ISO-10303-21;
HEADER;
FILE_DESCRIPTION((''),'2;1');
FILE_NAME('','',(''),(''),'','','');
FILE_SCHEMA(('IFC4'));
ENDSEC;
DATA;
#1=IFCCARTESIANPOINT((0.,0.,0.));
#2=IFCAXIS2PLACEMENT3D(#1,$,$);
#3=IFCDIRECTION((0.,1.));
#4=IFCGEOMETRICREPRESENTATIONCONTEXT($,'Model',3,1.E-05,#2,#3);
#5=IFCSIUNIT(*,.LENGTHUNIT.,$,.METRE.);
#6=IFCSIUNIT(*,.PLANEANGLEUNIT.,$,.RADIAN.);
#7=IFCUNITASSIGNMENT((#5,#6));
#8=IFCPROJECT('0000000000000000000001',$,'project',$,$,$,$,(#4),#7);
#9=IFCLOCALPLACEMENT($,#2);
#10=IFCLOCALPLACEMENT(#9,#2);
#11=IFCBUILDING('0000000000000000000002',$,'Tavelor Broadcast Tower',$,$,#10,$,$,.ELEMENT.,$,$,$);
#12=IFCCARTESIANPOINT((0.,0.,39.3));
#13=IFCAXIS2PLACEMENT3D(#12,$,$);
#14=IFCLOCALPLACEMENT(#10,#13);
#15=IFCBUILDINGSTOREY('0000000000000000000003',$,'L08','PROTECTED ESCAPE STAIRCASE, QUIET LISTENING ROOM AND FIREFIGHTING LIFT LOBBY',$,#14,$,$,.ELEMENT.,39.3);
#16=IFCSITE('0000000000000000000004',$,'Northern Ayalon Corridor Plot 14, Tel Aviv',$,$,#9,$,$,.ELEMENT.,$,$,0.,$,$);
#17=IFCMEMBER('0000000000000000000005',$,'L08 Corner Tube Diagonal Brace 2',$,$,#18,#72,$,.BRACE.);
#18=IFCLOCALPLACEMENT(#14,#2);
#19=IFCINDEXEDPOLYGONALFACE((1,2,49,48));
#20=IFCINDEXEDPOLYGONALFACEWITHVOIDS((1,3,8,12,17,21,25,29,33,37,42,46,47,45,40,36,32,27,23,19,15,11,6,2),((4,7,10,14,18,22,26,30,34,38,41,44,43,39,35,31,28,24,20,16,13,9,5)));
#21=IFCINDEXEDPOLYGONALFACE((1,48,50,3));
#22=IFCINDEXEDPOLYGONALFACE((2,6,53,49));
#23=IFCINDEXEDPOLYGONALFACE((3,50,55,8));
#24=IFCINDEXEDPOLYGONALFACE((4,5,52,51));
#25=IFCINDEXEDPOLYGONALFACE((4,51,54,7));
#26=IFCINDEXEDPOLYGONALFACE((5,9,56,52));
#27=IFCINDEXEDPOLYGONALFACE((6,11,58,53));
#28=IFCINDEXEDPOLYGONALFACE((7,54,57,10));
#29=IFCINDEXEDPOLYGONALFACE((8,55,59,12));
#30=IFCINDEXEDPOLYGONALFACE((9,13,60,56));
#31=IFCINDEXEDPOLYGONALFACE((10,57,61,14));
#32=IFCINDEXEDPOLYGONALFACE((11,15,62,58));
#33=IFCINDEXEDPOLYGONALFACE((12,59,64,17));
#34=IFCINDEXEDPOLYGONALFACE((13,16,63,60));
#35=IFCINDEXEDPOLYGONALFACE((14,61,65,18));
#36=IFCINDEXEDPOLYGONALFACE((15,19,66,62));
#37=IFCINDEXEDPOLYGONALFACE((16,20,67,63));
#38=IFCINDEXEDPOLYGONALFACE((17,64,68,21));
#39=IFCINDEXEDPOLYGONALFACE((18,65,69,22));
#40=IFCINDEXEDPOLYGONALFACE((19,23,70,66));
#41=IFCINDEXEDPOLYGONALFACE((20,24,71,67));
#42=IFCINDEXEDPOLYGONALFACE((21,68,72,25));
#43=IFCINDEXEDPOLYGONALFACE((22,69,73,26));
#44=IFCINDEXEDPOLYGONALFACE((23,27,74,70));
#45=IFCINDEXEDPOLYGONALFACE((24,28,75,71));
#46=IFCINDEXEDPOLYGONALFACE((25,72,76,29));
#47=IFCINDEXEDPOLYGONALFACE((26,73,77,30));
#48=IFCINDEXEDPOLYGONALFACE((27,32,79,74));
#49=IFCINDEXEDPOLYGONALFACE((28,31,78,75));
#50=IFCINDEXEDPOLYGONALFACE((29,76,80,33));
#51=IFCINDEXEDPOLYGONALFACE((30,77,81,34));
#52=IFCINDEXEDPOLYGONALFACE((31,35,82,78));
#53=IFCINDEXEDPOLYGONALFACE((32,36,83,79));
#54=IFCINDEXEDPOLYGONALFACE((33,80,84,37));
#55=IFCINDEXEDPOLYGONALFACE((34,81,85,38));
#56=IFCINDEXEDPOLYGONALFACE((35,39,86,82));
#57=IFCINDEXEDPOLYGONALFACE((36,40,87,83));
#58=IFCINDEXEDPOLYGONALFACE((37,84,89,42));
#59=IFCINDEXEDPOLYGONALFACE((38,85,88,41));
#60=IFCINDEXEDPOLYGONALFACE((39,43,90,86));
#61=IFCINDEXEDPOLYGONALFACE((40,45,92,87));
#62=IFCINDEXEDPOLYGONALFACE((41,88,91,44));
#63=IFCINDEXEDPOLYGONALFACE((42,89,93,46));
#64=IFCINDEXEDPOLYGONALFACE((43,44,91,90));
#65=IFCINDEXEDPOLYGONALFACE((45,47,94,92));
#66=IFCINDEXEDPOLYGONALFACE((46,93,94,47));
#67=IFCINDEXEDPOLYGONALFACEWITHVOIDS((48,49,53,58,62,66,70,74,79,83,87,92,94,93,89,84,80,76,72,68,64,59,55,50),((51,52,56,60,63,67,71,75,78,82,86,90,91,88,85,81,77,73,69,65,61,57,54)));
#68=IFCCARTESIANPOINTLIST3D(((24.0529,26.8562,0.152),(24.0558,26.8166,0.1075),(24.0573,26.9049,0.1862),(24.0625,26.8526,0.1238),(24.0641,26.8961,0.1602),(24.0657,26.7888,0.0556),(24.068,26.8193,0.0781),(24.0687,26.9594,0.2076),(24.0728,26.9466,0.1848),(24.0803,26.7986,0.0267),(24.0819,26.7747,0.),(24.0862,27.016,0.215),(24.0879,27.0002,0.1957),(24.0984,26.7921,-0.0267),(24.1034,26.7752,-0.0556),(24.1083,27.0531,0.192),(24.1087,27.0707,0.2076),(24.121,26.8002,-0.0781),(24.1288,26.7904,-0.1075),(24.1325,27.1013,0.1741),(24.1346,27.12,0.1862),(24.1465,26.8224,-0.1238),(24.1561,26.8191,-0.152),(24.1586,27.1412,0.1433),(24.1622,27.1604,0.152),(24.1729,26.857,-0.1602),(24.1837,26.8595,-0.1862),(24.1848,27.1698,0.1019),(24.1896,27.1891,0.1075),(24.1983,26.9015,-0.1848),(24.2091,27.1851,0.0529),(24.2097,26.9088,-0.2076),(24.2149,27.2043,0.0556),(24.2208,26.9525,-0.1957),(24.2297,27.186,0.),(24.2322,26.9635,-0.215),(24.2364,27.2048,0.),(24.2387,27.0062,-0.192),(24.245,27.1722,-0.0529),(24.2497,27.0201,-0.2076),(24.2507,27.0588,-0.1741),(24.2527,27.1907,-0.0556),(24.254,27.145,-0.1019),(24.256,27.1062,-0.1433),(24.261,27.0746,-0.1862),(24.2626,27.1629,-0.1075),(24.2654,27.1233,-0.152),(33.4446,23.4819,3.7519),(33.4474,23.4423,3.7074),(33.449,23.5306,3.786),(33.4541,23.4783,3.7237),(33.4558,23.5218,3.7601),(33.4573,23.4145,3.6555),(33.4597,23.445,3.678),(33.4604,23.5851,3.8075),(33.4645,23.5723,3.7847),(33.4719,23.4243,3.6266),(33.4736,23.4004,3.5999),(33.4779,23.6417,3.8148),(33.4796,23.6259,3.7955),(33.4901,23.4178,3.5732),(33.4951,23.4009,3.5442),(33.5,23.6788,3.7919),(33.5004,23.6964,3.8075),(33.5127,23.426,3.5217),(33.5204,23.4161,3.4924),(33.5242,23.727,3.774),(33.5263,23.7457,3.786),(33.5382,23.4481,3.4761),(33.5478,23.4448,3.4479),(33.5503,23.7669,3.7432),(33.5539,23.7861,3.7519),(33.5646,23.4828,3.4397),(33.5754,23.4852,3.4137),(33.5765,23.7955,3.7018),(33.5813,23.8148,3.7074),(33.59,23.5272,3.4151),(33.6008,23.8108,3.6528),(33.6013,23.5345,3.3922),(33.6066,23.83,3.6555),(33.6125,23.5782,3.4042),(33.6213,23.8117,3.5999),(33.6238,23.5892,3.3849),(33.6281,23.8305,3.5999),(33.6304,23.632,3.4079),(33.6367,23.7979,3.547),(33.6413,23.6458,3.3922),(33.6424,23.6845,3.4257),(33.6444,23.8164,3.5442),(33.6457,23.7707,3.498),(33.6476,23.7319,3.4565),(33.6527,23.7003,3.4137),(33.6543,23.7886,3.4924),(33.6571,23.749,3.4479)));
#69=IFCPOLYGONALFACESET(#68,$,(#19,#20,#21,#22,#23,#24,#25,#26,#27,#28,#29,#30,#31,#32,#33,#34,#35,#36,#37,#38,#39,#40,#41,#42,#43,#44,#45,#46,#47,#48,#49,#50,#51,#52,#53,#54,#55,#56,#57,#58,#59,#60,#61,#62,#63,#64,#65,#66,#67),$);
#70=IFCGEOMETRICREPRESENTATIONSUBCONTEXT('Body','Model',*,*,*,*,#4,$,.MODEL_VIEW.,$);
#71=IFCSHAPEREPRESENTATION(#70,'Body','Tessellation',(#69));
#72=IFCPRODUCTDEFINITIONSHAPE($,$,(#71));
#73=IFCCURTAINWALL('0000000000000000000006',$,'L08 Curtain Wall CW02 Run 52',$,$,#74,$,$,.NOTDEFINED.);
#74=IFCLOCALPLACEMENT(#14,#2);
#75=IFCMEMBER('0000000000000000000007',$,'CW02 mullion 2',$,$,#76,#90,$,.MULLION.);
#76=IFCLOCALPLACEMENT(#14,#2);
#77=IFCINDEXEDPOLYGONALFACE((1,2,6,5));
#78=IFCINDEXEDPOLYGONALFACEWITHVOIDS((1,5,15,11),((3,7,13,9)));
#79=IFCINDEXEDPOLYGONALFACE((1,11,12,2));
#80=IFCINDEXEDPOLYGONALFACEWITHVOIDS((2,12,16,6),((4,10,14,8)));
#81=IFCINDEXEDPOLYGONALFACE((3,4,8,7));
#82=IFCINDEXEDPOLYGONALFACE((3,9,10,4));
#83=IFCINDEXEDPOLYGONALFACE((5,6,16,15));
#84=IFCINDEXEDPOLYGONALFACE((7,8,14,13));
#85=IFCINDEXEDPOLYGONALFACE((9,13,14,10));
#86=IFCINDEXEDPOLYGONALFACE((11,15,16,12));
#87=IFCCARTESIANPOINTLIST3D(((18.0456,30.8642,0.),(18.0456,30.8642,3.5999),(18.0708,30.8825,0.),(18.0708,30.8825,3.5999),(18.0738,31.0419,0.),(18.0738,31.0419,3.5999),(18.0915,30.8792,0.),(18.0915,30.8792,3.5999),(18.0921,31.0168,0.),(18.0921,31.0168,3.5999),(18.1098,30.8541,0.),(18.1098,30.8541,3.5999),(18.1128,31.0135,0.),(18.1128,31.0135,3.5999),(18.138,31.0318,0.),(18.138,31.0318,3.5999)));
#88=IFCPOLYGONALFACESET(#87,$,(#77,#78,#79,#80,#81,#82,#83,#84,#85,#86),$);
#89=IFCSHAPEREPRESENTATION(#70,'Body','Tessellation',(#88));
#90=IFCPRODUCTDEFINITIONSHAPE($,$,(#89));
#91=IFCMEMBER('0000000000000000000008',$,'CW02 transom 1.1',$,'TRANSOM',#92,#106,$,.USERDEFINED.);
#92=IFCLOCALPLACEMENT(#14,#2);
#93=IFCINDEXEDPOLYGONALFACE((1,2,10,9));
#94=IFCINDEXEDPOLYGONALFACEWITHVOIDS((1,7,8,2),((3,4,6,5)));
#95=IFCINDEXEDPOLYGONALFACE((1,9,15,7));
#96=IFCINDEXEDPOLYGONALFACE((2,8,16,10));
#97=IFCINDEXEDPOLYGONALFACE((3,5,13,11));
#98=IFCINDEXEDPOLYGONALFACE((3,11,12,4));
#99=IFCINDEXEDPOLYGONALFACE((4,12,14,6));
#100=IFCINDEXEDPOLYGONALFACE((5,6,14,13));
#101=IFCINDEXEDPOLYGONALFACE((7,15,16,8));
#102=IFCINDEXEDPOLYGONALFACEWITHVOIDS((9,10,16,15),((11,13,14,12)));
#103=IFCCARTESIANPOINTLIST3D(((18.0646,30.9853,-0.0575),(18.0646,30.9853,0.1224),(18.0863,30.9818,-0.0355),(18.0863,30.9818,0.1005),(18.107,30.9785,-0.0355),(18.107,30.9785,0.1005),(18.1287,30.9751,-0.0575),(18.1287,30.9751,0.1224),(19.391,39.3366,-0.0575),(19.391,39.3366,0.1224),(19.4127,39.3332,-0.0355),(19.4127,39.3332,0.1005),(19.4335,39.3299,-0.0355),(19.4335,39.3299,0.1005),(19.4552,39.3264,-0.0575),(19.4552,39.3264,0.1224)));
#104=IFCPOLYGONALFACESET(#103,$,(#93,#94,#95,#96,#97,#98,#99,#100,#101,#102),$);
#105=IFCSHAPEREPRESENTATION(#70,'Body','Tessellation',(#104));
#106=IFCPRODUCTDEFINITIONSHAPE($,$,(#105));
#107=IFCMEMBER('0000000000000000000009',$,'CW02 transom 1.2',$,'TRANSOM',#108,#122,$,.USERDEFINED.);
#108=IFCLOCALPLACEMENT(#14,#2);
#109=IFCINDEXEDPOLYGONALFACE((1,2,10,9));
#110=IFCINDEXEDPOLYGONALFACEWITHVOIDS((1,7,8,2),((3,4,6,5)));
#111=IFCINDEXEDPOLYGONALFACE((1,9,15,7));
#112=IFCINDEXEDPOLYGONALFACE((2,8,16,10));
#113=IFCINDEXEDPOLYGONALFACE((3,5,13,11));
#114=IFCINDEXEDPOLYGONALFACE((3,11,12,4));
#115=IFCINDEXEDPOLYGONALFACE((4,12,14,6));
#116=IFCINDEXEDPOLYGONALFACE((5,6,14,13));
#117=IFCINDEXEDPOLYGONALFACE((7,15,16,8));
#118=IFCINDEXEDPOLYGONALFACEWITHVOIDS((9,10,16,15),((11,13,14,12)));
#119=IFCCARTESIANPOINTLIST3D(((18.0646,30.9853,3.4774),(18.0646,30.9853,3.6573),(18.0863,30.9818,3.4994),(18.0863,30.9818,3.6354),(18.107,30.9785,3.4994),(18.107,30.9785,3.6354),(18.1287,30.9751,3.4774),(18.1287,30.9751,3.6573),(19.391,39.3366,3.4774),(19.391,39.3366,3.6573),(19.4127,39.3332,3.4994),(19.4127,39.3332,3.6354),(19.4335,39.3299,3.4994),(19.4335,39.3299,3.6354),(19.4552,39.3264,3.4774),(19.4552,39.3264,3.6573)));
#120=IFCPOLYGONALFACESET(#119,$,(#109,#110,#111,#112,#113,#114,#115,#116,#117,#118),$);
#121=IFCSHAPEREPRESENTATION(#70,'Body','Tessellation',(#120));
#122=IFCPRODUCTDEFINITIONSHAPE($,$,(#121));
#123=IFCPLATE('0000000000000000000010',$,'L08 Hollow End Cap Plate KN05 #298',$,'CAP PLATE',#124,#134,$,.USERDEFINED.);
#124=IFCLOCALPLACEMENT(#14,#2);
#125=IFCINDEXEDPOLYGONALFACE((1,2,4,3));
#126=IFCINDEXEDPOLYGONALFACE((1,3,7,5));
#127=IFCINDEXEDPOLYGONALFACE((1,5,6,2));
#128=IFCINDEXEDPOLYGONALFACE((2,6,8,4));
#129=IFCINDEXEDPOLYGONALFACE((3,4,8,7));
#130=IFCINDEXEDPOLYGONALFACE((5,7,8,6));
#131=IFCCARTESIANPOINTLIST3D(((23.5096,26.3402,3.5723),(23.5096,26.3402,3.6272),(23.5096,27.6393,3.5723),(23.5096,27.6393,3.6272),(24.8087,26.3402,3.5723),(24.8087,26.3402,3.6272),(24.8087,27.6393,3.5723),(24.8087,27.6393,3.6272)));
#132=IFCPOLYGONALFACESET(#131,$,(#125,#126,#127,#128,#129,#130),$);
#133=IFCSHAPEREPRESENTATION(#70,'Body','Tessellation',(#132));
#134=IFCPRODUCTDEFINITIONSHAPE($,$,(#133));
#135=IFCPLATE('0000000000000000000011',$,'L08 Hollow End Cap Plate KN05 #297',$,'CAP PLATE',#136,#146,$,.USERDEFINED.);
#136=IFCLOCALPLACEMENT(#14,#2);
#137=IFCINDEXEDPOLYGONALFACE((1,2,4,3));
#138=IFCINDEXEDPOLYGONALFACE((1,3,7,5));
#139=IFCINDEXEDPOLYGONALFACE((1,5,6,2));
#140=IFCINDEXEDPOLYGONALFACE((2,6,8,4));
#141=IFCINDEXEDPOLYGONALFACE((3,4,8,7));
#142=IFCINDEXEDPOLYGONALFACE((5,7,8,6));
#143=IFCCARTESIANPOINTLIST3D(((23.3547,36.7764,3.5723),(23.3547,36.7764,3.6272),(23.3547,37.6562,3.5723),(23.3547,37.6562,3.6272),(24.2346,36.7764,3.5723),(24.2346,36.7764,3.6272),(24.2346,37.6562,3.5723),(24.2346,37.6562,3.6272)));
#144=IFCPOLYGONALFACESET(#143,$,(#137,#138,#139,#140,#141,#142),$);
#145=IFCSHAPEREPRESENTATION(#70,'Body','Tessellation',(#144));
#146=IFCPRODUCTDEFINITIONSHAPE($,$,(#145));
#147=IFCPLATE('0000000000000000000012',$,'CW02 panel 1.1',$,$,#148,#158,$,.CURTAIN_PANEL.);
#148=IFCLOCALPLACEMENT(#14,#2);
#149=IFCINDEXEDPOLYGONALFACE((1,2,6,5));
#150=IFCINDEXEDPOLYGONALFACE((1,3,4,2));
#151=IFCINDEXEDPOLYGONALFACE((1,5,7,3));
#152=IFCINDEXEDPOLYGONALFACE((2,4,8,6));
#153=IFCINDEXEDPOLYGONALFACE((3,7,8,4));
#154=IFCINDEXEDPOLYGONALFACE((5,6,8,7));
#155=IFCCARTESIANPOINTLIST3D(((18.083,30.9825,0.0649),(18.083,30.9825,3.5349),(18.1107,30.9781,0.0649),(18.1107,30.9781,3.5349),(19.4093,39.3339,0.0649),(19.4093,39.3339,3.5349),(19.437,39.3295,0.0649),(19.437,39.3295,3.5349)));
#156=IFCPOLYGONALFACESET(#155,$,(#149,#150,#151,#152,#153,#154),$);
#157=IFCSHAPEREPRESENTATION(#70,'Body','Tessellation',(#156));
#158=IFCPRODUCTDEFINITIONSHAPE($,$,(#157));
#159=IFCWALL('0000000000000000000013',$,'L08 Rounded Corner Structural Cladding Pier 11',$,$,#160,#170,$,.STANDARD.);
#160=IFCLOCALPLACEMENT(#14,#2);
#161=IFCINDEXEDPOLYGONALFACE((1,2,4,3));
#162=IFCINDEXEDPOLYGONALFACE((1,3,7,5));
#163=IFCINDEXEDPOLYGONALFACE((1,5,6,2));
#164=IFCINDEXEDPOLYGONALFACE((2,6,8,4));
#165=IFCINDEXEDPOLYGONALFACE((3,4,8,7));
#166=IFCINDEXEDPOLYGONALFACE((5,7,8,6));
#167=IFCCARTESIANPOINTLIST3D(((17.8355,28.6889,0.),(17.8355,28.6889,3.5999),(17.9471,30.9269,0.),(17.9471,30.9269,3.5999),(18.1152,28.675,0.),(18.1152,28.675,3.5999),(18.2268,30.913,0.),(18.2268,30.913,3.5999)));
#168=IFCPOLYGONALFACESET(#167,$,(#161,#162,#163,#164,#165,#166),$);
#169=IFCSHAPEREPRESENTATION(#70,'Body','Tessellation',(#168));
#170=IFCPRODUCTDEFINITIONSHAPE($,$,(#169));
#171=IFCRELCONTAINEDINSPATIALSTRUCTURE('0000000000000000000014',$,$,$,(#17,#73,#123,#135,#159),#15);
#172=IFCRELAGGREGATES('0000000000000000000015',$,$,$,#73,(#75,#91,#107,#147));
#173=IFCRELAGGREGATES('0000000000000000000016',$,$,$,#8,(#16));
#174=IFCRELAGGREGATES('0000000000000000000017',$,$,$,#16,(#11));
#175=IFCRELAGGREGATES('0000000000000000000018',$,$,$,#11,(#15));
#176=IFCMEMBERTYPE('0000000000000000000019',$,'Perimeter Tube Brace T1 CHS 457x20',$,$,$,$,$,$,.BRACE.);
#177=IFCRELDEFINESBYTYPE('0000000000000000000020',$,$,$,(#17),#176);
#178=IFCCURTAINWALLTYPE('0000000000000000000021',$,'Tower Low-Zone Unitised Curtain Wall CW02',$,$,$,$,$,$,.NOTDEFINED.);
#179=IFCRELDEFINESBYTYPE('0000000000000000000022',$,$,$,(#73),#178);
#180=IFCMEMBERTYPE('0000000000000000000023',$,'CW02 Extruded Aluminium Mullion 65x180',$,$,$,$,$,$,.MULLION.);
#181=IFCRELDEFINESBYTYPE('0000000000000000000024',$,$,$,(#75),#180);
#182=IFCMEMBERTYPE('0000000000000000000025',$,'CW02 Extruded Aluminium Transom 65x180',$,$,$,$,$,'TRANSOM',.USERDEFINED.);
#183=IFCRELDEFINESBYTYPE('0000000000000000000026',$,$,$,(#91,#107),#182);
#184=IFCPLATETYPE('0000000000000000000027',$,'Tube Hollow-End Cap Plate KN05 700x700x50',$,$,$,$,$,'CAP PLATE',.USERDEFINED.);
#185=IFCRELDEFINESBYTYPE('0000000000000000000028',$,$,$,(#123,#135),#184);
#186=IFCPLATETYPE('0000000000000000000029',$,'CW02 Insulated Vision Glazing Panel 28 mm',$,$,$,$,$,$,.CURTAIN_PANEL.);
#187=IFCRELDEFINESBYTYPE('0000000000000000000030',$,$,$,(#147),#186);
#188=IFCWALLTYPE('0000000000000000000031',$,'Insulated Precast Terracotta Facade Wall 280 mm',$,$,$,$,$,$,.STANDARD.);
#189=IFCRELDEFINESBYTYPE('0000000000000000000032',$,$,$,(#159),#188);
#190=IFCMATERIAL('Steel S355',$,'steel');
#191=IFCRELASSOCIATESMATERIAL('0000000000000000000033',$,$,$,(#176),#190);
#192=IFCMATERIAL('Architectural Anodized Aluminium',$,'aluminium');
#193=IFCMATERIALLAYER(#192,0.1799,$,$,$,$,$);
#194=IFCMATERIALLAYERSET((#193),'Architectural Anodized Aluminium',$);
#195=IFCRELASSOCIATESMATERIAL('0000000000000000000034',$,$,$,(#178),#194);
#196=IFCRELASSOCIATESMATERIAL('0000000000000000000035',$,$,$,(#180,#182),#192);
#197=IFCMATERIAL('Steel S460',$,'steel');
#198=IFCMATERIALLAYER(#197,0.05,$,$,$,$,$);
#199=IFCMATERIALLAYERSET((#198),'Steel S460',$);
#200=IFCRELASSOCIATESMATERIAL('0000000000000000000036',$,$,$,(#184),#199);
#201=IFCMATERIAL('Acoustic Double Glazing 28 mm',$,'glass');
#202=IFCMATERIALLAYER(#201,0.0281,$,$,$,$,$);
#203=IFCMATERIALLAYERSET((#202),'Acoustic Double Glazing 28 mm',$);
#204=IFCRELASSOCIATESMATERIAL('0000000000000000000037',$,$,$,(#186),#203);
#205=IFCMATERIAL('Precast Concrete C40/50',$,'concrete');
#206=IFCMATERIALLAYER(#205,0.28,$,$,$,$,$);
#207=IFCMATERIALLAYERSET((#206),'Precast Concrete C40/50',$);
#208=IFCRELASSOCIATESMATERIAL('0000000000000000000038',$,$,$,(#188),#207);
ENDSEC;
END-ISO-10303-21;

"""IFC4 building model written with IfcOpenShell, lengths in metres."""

from ifc_helpers import new_model, si_unit, direction, frame, frame_2d, origin, origin_2d, place, context, subcontext, project, spatial, rectangle, hollow_rectangle, hollow_circle, extrude, source, transform, mapped, material, layer, layer_set, material_profile, profile_set, type_object, type_shapes, element, aggregate, save


model = new_model("IFC4")

# Units and contexts
model_context = context("Model", 3, precision=1e-05, world=origin(), true_north=direction((0.0, 1.0)))
body_context = subcontext(model_context, "Body", "Model", "MODEL_VIEW")
ifc_project = project(units=[si_unit("LENGTHUNIT", "METRE"), si_unit("PLANEANGLEUNIT", "RADIAN")], contexts=[model_context])

# Site, building, storey
site_placement = place(None, origin())
site = spatial("IfcSite", under=ifc_project, at=site_placement, Name="Northern Ayalon Corridor Plot 14, Tel Aviv", CompositionType="ELEMENT", RefElevation=0.0)
building_placement = place(site_placement, origin())
building = spatial("IfcBuilding", under=site, at=building_placement, Name="Tavelor Broadcast Tower", CompositionType="ELEMENT")
storey_placement = place(building_placement, frame((0.0, 0.0, 39.3)))
storey = spatial("IfcBuildingStorey", under=building, at=storey_placement, Name="L08", Description="PROTECTED ESCAPE STAIRCASE, QUIET LISTENING ROOM AND FIREFIGHTING LIFT LOBBY", CompositionType="ELEMENT", Elevation=39.3)

# Shared definitions
ifc_material_1 = material(Name="Steel S460", Category="steel")

# Shared definitions
ifc_material_2 = material(Name="Steel S355", Category="steel")

# Member
ifc_material_profile_1 = material_profile(ifc_material_2, hollow_circle(Radius=0.2285, WallThickness=0.02, at=origin_2d()), Name="CHS 457x20")
ifc_profile_set_1 = profile_set([ifc_material_profile_1], Name="Steel S355")
member_type_1 = type_object("IfcMemberType", Name="Perimeter Tube Brace T1 CHS 457x20", PredefinedType="BRACE", material=ifc_profile_set_1)
member_1_placement = place(storey_placement, frame((24.1592, 26.9897, 0.0), z_axis=(0.885265, -0.318063, 0.339327), x_axis=(0.338124, 0.941101, 0.0)))
element("IfcMember", 1, at=member_1_placement, inside=storey, type_object=member_type_1, Name="L08 Corner Tube Diagonal Brace 2", PredefinedType="BRACE", context=body_context, shape_type="SweptSolid", body=[
    extrude(hollow_circle(Radius=0.2285, WallThickness=0.02, at=origin_2d()), origin(), (0.0, 0.0, 1.0), 10.6089),
])

# Curtain wall, members
ifc_material_3 = material(Name="Architectural Anodized Aluminium", Category="aluminium")
ifc_layer_1 = layer(ifc_material_3, 0.1799)
ifc_layer_set_1 = layer_set([ifc_layer_1], Name="Architectural Anodized Aluminium")
curtain_wall_type = type_object("IfcCurtainWallType", Name="Tower Low-Zone Unitised Curtain Wall CW02", PredefinedType="NOTDEFINED", material=ifc_layer_set_1)
curtain_wall_placement = place(storey_placement, origin())
curtain_wall = element("IfcCurtainWall", 2, at=curtain_wall_placement, inside=storey, type_object=curtain_wall_type, Name="L08 Curtain Wall CW02 Run 52", PredefinedType="NOTDEFINED")
ifc_material_profile_2 = material_profile(ifc_material_3, hollow_rectangle(XDim=0.0649, YDim=0.1799, WallThickness=0.022, at=origin_2d()), Name="RHS 65x180x22")
ifc_profile_set_2 = profile_set([ifc_material_profile_2], Name="Architectural Anodized Aluminium")
member_type_2 = type_object("IfcMemberType", Name="CW02 Extruded Aluminium Mullion 65x180", PredefinedType="MULLION", material=ifc_profile_set_2)
shared_shape_1 = source(origin(), body_context, "Body", "SweptSolid", [
    extrude(hollow_rectangle(XDim=0.0649, YDim=0.1799, WallThickness=0.022, at=origin_2d()), origin(), (0.0, 0.0, 1.0), 3.5999),
])
type_shapes(member_type_2, [shared_shape_1])
member_2_placement = place(storey_placement, frame((18.0918, 30.948, 0.0), z_axis=(0.0, 0.0, 1.0), x_axis=(0.987623, -0.156847, 0.0)))
member_2 = element("IfcMember", 3, at=member_2_placement, type_object=member_type_2, Name="CW02 mullion 2", PredefinedType="MULLION", context=body_context, shape_type="MappedRepresentation", body=[
    mapped(shared_shape_1, transform((0.0, 0.0, 0.0), scale=1.0)),
])
ifc_material_profile_3 = material_profile(ifc_material_3, hollow_rectangle(XDim=0.0649, YDim=0.1799, WallThickness=0.022, at=origin_2d()), Name="RHS 65x180x22")
ifc_profile_set_3 = profile_set([ifc_material_profile_3], Name="Architectural Anodized Aluminium")
member_type_3 = type_object("IfcMemberType", Name="CW02 Extruded Aluminium Transom 65x180", ElementType="TRANSOM", PredefinedType="USERDEFINED", material=ifc_profile_set_3)
shared_shape_2 = source(origin(), body_context, "Body", "SweptSolid", [
    extrude(hollow_rectangle(XDim=0.0649, YDim=0.1799, WallThickness=0.022, at=origin_2d()), origin(), (0.0, 0.0, 1.0), 8.4561),
])
type_shapes(member_type_3, [shared_shape_2])
member_3_placement = place(storey_placement, frame((19.4231, 39.3315, 0.0325), z_axis=(-0.156861, -0.987621, 0.0), x_axis=(0.987621, -0.156861, 0.0)))
member_3 = element("IfcMember", 4, at=member_3_placement, type_object=member_type_3, Name="CW02 transom 1.1", ObjectType="TRANSOM", PredefinedType="USERDEFINED", context=body_context, shape_type="MappedRepresentation", body=[
    mapped(shared_shape_2, transform((0.0, 0.0, 0.0), scale=1.0)),
])
member_4_placement = place(storey_placement, frame((19.4231, 39.3315, 3.5674), z_axis=(-0.156861, -0.987621, 0.0), x_axis=(0.987621, -0.156861, 0.0)))
member_4 = element("IfcMember", 5, at=member_4_placement, type_object=member_type_3, Name="CW02 transom 1.2", ObjectType="TRANSOM", PredefinedType="USERDEFINED", context=body_context, shape_type="MappedRepresentation", body=[
    mapped(shared_shape_2, transform((0.0, 0.0, 0.0), scale=1.0)),
])

# Plates
ifc_layer_2 = layer(ifc_material_1, 0.05)
ifc_layer_set_2 = layer_set([ifc_layer_2], Name="Steel S460")
plate_type_1 = type_object("IfcPlateType", Name="Tube Hollow-End Cap Plate KN05 700x700x50", ElementType="CAP PLATE", PredefinedType="USERDEFINED", material=ifc_layer_set_2)
shared_shape_3 = source(origin(), body_context, "Body", "SweptSolid", [
    extrude(rectangle(XDim=1.2991, YDim=1.2991, at=origin_2d()), origin(), (0.0, 0.0, 1.0), 0.0549),
])
plate_1_placement = place(storey_placement, frame((24.1592, 26.9897, 3.5723), z_axis=(0.0, 0.0, 1.0), x_axis=(1.0, 0.0, 0.0)))
element("IfcPlate", 6, at=plate_1_placement, inside=storey, type_object=plate_type_1, Name="L08 Hollow End Cap Plate KN05 #298", ObjectType="CAP PLATE", PredefinedType="USERDEFINED", context=body_context, shape_type="MappedRepresentation", body=[
    mapped(shared_shape_3, transform((0.0, 0.0, 0.0), scale=1.0)),
])
shared_shape_4 = source(origin(), body_context, "Body", "SweptSolid", [
    extrude(rectangle(XDim=0.8799, YDim=0.8799, at=origin_2d()), origin(), (0.0, 0.0, 1.0), 0.0549),
])
type_shapes(plate_type_1, [shared_shape_3, shared_shape_4])
plate_2_placement = place(storey_placement, frame((23.7947, 37.2163, 3.5723), z_axis=(0.0, 0.0, 1.0), x_axis=(1.0, 0.0, 0.0)))
element("IfcPlate", 7, at=plate_2_placement, inside=storey, type_object=plate_type_1, Name="L08 Hollow End Cap Plate KN05 #297", ObjectType="CAP PLATE", PredefinedType="USERDEFINED", context=body_context, shape_type="MappedRepresentation", body=[
    mapped(shared_shape_4, transform((0.0, 0.0, 0.0), scale=1.0)),
])

# Plate
ifc_material_4 = material(Name="Acoustic Double Glazing 28 mm", Category="glass")
ifc_layer_3 = layer(ifc_material_4, 0.0281)
ifc_layer_set_3 = layer_set([ifc_layer_3], Name="Acoustic Double Glazing 28 mm")
plate_type_2 = type_object("IfcPlateType", Name="CW02 Insulated Vision Glazing Panel 28 mm", PredefinedType="CURTAIN_PANEL", material=ifc_layer_set_3)
shared_shape_5 = source(origin(), body_context, "Body", "SweptSolid", [
    extrude(rectangle(XDim=8.4561, YDim=0.0281, at=origin_2d()), origin(), (0.0, 0.0, 1.0), 3.47),
])
type_shapes(plate_type_2, [shared_shape_5])
plate_3_placement = place(storey_placement, frame((18.76, 35.156, 0.0649), z_axis=(0.0, 0.0, 1.0), x_axis=(-0.156847, -0.987623, 0.0)))
plate_3 = element("IfcPlate", 8, at=plate_3_placement, type_object=plate_type_2, Name="CW02 panel 1.1", PredefinedType="CURTAIN_PANEL", context=body_context, shape_type="MappedRepresentation", body=[
    mapped(shared_shape_5, transform((0.0, 0.0, 0.0), scale=1.0)),
])
aggregate(curtain_wall, [member_2, member_3, member_4, plate_3])

# Wall
ifc_material_5 = material(Name="Precast Concrete C40/50", Category="concrete")
ifc_layer_4 = layer(ifc_material_5, 0.28)
ifc_layer_set_4 = layer_set([ifc_layer_4], Name="Precast Concrete C40/50")
wall_type_1 = type_object("IfcWallType", Name="Insulated Precast Terracotta Facade Wall 280 mm", PredefinedType="STANDARD", material=ifc_layer_set_4)
wall_1_placement = place(storey_placement, frame((18.0869, 30.9199, 0.0), z_axis=(0.0, 0.0, 1.0), x_axis=(-0.049791, -0.99876, 0.0)))
element("IfcWall", 9, at=wall_1_placement, inside=storey, type_object=wall_type_1, Name="L08 Rounded Corner Structural Cladding Pier 11", PredefinedType="STANDARD", context=body_context, shape_type="SweptSolid", body=[
    extrude(rectangle(XDim=2.2407, YDim=0.28, at=frame_2d((1.1204, 0.0))), origin(), (0.0, 0.0, 1.0), 3.5999),
])

save(model, "model.ifc")
